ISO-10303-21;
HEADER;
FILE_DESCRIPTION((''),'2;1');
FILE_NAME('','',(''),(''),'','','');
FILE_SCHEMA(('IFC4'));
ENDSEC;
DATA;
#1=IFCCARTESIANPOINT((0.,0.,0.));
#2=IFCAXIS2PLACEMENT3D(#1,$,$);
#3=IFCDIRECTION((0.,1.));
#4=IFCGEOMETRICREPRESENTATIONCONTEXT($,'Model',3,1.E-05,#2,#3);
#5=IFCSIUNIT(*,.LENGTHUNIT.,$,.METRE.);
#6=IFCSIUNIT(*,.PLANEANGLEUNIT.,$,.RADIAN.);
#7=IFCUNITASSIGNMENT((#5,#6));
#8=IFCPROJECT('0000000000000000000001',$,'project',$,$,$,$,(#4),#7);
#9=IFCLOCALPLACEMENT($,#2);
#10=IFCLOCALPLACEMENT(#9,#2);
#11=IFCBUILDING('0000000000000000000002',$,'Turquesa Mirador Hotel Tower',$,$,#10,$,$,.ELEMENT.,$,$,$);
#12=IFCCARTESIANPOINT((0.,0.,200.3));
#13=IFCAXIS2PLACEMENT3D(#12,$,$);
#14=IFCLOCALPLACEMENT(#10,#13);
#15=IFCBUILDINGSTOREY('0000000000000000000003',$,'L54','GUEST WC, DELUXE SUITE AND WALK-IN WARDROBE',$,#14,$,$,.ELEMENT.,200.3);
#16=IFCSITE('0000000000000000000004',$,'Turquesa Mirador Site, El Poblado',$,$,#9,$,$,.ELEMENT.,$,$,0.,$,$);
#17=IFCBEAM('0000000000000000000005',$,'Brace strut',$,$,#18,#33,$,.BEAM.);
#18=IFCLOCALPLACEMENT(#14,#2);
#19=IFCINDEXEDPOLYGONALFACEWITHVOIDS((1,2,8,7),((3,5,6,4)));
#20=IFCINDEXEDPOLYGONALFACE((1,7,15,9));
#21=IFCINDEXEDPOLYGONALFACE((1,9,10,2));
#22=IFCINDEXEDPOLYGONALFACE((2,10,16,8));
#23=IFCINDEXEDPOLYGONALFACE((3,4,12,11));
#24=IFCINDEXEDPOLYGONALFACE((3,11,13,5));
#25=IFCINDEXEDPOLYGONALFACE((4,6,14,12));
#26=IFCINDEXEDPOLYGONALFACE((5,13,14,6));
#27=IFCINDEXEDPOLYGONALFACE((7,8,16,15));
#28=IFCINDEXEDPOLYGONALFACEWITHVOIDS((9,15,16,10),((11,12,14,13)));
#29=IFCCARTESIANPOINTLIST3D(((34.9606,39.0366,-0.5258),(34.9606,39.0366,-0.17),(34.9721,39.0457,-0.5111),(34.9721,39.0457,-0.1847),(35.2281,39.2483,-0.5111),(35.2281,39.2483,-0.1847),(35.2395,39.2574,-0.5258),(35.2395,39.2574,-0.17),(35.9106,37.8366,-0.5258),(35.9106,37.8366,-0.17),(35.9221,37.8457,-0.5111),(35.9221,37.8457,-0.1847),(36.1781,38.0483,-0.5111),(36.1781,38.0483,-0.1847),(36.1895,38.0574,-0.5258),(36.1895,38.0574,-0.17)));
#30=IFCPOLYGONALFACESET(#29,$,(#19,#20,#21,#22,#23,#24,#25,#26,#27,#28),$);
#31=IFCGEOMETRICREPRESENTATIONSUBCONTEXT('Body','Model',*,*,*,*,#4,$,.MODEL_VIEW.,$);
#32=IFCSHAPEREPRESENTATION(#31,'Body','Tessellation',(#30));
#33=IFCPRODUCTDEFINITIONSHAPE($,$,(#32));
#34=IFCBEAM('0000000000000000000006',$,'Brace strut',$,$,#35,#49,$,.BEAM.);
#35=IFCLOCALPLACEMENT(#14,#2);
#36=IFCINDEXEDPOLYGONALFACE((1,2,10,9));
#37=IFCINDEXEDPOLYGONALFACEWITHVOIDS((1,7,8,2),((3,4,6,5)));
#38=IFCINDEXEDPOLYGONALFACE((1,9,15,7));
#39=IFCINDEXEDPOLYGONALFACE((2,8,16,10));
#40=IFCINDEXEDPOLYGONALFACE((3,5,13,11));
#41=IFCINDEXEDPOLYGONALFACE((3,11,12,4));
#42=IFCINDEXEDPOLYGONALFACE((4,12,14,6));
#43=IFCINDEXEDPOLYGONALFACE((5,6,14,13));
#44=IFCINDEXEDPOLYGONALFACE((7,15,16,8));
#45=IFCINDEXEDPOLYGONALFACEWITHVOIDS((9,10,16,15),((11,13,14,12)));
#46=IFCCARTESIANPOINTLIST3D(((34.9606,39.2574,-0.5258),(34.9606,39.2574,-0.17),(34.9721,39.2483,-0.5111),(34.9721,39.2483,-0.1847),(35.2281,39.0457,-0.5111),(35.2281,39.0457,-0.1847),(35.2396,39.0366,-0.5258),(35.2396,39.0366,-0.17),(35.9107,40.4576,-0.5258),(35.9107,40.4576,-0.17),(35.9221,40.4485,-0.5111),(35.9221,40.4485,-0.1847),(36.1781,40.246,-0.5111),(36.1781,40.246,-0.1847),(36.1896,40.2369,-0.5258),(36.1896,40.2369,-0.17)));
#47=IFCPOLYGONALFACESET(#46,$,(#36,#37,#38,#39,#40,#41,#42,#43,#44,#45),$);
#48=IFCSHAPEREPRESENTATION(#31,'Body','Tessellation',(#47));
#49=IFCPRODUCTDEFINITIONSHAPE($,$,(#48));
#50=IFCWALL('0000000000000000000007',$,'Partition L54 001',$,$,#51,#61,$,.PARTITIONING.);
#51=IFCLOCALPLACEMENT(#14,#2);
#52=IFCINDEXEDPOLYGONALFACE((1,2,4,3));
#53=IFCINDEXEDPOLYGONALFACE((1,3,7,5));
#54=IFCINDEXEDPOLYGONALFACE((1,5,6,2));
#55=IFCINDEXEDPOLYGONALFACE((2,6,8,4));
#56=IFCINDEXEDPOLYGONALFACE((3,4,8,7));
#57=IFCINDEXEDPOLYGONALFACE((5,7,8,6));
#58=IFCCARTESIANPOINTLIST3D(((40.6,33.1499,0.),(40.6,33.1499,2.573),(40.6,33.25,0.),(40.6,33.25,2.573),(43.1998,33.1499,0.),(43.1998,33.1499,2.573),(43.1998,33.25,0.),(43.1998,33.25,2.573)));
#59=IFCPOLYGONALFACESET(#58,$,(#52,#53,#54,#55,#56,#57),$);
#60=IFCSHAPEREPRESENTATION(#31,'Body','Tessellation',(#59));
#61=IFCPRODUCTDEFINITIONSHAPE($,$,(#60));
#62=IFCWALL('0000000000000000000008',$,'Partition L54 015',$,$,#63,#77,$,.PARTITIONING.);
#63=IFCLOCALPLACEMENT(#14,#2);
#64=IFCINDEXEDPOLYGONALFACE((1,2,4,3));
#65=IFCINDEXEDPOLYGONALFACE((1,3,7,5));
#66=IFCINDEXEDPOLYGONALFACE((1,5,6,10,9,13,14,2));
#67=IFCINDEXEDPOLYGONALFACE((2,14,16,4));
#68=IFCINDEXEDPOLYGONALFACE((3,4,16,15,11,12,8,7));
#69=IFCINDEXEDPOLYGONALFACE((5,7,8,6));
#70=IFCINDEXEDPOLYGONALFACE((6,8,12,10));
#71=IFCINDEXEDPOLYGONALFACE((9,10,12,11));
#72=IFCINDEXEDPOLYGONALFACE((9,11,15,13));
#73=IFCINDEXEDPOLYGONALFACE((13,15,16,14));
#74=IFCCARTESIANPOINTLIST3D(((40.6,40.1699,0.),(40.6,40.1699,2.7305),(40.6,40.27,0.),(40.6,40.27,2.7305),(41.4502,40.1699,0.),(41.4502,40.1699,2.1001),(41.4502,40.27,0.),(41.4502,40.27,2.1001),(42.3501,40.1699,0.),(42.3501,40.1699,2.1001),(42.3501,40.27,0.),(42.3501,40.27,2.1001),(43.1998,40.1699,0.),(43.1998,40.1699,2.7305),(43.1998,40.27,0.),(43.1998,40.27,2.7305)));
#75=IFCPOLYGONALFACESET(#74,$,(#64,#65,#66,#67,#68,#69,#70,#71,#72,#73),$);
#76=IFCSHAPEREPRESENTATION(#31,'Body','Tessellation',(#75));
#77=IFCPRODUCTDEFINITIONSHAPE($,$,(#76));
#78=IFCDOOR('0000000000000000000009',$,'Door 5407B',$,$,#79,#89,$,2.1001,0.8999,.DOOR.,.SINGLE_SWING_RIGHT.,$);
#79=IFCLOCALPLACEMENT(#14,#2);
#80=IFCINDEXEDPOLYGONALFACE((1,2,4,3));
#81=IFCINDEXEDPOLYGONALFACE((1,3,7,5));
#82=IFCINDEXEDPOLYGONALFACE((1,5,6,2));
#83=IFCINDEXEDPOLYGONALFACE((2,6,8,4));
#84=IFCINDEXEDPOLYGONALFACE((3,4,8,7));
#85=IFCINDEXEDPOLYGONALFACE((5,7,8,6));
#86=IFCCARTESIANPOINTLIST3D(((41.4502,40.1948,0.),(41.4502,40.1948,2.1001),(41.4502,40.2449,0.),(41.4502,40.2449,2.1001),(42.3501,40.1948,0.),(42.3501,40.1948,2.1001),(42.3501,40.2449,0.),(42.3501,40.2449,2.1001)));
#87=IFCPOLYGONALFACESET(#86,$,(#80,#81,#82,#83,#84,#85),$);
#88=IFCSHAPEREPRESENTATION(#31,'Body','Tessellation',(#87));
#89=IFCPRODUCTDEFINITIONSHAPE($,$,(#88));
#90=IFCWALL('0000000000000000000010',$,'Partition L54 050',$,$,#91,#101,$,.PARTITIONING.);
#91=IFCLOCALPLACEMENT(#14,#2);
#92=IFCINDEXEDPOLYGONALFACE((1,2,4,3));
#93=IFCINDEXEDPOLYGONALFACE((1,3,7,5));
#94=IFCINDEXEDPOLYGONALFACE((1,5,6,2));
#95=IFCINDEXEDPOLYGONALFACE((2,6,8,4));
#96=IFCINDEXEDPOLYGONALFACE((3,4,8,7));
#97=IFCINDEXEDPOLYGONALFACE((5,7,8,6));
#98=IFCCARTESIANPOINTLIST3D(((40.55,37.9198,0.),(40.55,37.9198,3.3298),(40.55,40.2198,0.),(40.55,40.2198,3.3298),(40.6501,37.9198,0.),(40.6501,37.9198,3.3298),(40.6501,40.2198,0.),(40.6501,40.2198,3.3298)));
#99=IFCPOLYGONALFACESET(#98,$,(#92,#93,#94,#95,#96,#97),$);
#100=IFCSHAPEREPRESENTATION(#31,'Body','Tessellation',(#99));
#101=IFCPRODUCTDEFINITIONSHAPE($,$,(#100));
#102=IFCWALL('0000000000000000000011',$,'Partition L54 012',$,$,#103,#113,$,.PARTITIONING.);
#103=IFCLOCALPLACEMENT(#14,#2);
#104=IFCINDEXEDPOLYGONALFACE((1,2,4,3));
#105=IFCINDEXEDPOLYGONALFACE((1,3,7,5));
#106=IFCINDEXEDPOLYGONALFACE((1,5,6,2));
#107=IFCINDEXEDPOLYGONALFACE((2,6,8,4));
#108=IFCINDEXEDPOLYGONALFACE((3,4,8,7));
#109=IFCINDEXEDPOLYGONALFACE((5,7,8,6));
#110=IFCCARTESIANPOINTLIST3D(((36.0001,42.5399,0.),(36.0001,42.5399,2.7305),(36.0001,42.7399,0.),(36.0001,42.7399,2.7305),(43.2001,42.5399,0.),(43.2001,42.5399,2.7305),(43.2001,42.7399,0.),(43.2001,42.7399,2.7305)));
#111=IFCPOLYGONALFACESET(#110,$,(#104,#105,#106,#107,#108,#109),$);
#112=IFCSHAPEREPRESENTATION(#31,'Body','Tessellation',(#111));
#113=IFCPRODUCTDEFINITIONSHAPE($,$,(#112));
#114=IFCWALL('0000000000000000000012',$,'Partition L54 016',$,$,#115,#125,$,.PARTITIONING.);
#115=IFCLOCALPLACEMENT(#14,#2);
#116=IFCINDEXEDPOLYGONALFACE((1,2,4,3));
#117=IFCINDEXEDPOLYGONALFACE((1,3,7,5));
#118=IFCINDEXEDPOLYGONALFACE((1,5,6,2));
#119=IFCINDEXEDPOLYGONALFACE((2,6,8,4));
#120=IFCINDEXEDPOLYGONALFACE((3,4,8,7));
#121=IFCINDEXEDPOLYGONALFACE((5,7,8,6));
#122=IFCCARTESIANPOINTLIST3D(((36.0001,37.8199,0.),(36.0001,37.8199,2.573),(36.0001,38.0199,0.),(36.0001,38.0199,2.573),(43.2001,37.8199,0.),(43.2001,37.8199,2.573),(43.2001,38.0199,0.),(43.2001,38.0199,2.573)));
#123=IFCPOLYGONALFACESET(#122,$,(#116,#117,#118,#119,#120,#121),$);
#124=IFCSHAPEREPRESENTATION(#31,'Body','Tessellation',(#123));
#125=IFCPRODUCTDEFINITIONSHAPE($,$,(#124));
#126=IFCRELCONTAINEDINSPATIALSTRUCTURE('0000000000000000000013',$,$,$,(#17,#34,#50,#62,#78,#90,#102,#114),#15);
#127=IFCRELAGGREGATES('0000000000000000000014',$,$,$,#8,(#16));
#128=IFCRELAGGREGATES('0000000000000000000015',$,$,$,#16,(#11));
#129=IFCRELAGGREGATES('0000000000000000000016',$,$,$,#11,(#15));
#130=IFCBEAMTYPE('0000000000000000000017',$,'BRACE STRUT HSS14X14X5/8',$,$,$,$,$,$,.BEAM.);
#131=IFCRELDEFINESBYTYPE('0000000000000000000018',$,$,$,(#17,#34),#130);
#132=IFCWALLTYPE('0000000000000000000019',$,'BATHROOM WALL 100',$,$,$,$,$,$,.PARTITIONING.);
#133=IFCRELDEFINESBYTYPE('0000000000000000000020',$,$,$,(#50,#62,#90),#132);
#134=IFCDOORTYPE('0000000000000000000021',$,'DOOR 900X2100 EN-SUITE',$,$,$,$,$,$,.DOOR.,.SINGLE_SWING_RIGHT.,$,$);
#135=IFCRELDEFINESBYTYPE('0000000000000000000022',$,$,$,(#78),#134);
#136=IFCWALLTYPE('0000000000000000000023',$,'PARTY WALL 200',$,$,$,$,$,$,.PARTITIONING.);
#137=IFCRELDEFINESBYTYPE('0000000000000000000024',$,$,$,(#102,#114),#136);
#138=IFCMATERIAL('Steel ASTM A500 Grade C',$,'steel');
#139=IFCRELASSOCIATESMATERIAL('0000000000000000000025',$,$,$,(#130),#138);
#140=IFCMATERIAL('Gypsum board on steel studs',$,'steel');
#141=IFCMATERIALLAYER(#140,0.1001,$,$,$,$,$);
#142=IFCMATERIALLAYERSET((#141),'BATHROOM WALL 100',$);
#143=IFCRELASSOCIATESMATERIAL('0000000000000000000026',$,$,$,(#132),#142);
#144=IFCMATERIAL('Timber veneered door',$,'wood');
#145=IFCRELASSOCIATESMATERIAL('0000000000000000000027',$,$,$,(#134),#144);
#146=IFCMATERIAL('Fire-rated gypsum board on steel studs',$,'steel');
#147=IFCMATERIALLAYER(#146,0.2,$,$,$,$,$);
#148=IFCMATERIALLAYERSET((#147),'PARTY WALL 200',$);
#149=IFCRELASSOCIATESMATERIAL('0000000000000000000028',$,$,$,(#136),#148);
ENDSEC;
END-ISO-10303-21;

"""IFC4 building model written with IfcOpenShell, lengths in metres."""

from ifc_helpers import new_model, si_unit, direction, frame, frame_2d, origin, origin_2d, place, context, subcontext, project, spatial, rectangle, hollow_rectangle, extrude, material, layer, layer_set, material_profile, profile_set, type_object, element, fill, save


model = new_model("IFC4")

# Units and contexts
model_context = context("Model", 3, precision=1e-05, world=origin(), true_north=direction((0.0, 1.0)))
body_context = subcontext(model_context, "Body", "Model", "MODEL_VIEW")
ifc_project = project(units=[si_unit("LENGTHUNIT", "METRE"), si_unit("PLANEANGLEUNIT", "RADIAN")], contexts=[model_context])

# Site, building, storey
site_placement = place(None, origin())
site = spatial("IfcSite", under=ifc_project, at=site_placement, Name="Turquesa Mirador Site, El Poblado", CompositionType="ELEMENT", RefElevation=0.0)
building_placement = place(site_placement, origin())
building = spatial("IfcBuilding", under=site, at=building_placement, Name="Turquesa Mirador Hotel Tower", CompositionType="ELEMENT")
storey_placement = place(building_placement, frame((0.0, 0.0, 200.3)))
storey = spatial("IfcBuildingStorey", under=building, at=storey_placement, Name="L54", Description="GUEST WC, DELUXE SUITE AND WALK-IN WARDROBE", CompositionType="ELEMENT", Elevation=200.3)

# Beams
ifc_material_1 = material(Name="Steel ASTM A500 Grade C", Category="steel")
ifc_material_profile_1 = material_profile(ifc_material_1, hollow_rectangle(XDim=0.3557, YDim=0.3557, WallThickness=0.0146, at=origin_2d()), Name="HSS14X14X5/8")
ifc_profile_set_1 = profile_set([ifc_material_profile_1], Name="Steel ASTM A500 Grade C")
beam_type_1 = type_object("IfcBeamType", Name="BRACE STRUT HSS14X14X5/8", PredefinedType="BEAM", material=ifc_profile_set_1)
beam_1_placement = place(storey_placement, frame((35.1001, 39.147, -0.3479), z_axis=(0.620699, -0.784049, 0.0), x_axis=(0.784049, 0.620699, 0.0)))
element("IfcBeam", 1, at=beam_1_placement, inside=storey, type_object=beam_type_1, Name="Brace strut", PredefinedType="BEAM", context=body_context, shape_type="SweptSolid", body=[
    extrude(hollow_rectangle(XDim=0.3557, YDim=0.3557, WallThickness=0.0146, at=origin_2d()), origin(), (0.0, 0.0, 1.0), 1.5305),
])
beam_2_placement = place(storey_placement, frame((35.1001, 39.147, -0.3479), z_axis=(0.620621, 0.784111, 0.0), x_axis=(-0.784111, 0.620621, 0.0)))
element("IfcBeam", 2, at=beam_2_placement, inside=storey, type_object=beam_type_1, Name="Brace strut", PredefinedType="BEAM", context=body_context, shape_type="SweptSolid", body=[
    extrude(hollow_rectangle(XDim=0.3557, YDim=0.3557, WallThickness=0.0146, at=origin_2d()), origin(), (0.0, 0.0, 1.0), 1.5308),
])

# Wall
ifc_material_2 = material(Name="Gypsum board on steel studs", Category="steel")
ifc_layer_1 = layer(ifc_material_2, 0.1001)
ifc_layer_set_1 = layer_set([ifc_layer_1], Name="BATHROOM WALL 100")
wall_type_1 = type_object("IfcWallType", Name="BATHROOM WALL 100", PredefinedType="PARTITIONING", material=ifc_layer_set_1)
wall_1_placement = place(storey_placement, frame((40.6001, 33.2, 0.0), z_axis=(0.0, 0.0, 1.0), x_axis=(1.0, 0.0, 0.0)))
element("IfcWall", 3, at=wall_1_placement, inside=storey, type_object=wall_type_1, Name="Partition L54 001", PredefinedType="PARTITIONING", context=body_context, shape_type="SweptSolid", body=[
    extrude(rectangle(XDim=2.5999, YDim=0.1001, at=frame_2d((1.2998, 0.0))), origin(), (0.0, 0.0, 1.0), 2.573),
])

# Wall, opening, door
wall_2_placement = place(storey_placement, frame((40.6001, 40.22, 0.0), z_axis=(0.0, 0.0, 1.0), x_axis=(1.0, 0.0, 0.0)))
wall_2 = element("IfcWall", 4, at=wall_2_placement, inside=storey, type_object=wall_type_1, Name="Partition L54 015", PredefinedType="PARTITIONING", context=body_context, shape_type="SweptSolid", body=[
    extrude(rectangle(XDim=2.5999, YDim=0.1001, at=frame_2d((1.2998, 0.0))), origin(), (0.0, 0.0, 1.0), 2.7305),
])
opening_placement = place(wall_2_placement, frame((0.8501, 0.0, 0.0)))
opening = element("IfcOpeningElement", 5, at=opening_placement, cuts=wall_2, PredefinedType="OPENING", context=body_context, shape_type="SweptSolid", body=[
    extrude(rectangle(XDim=0.8999, YDim=2.1001, at=frame_2d((0.45, 1.05))), frame((0.0, 0.0601, 0.0), z_axis=(0.0, -1.0, 0.0), x_axis=(1.0, 0.0, 0.0)), (0.0, 0.0, 1.0), 0.1201),
])
ifc_material_3 = material(Name="Timber veneered door", Category="wood")
door_type = type_object("IfcDoorType", Name="DOOR 900X2100 EN-SUITE", OperationType="SINGLE_SWING_RIGHT", PredefinedType="DOOR", material=ifc_material_3)
door_placement = place(opening_placement, origin())
door = element("IfcDoor", 6, at=door_placement, inside=storey, type_object=door_type, Name="Door 5407B", OperationType="SINGLE_SWING_RIGHT", OverallHeight=2.1001, OverallWidth=0.8999, PredefinedType="DOOR", context=body_context, shape_type="SweptSolid", body=[
    extrude(rectangle(XDim=0.8999, YDim=2.1001, at=frame_2d((0.45, 1.05))), frame((0.0, 0.0249, 0.0), z_axis=(0.0, -1.0, 0.0), x_axis=(1.0, 0.0, 0.0)), (0.0, 0.0, 1.0), 0.05),
])
fill(opening, door)

# Walls
wall_3_placement = place(storey_placement, frame((40.6001, 37.9199, 0.0), z_axis=(0.0, 0.0, 1.0), x_axis=(0.0, 1.0, 0.0)))
element("IfcWall", 7, at=wall_3_placement, inside=storey, type_object=wall_type_1, Name="Partition L54 050", PredefinedType="PARTITIONING", context=body_context, shape_type="SweptSolid", body=[
    extrude(rectangle(XDim=2.3, YDim=0.1001, at=frame_2d((1.1499, 0.0))), origin(), (0.0, 0.0, 1.0), 3.3298),
])
ifc_material_4 = material(Name="Fire-rated gypsum board on steel studs", Category="steel")
ifc_layer_2 = layer(ifc_material_4, 0.2)
ifc_layer_set_2 = layer_set([ifc_layer_2], Name="PARTY WALL 200")
wall_type_2 = type_object("IfcWallType", Name="PARTY WALL 200", PredefinedType="PARTITIONING", material=ifc_layer_set_2)
wall_4_placement = place(storey_placement, frame((36.0, 42.6399, 0.0), z_axis=(0.0, 0.0, 1.0), x_axis=(1.0, 0.0, 0.0)))
element("IfcWall", 8, at=wall_4_placement, inside=storey, type_object=wall_type_2, Name="Partition L54 012", PredefinedType="PARTITIONING", context=body_context, shape_type="SweptSolid", body=[
    extrude(rectangle(XDim=7.2, YDim=0.2, at=frame_2d((3.6001, 0.0))), origin(), (0.0, 0.0, 1.0), 2.7305),
])
wall_5_placement = place(storey_placement, frame((36.0, 37.9199, 0.0), z_axis=(0.0, 0.0, 1.0), x_axis=(1.0, 0.0, 0.0)))
element("IfcWall", 9, at=wall_5_placement, inside=storey, type_object=wall_type_2, Name="Partition L54 016", PredefinedType="PARTITIONING", context=body_context, shape_type="SweptSolid", body=[
    extrude(rectangle(XDim=7.2, YDim=0.2, at=frame_2d((3.6001, 0.0))), origin(), (0.0, 0.0, 1.0), 2.573),
])

save(model, "model.ifc")
